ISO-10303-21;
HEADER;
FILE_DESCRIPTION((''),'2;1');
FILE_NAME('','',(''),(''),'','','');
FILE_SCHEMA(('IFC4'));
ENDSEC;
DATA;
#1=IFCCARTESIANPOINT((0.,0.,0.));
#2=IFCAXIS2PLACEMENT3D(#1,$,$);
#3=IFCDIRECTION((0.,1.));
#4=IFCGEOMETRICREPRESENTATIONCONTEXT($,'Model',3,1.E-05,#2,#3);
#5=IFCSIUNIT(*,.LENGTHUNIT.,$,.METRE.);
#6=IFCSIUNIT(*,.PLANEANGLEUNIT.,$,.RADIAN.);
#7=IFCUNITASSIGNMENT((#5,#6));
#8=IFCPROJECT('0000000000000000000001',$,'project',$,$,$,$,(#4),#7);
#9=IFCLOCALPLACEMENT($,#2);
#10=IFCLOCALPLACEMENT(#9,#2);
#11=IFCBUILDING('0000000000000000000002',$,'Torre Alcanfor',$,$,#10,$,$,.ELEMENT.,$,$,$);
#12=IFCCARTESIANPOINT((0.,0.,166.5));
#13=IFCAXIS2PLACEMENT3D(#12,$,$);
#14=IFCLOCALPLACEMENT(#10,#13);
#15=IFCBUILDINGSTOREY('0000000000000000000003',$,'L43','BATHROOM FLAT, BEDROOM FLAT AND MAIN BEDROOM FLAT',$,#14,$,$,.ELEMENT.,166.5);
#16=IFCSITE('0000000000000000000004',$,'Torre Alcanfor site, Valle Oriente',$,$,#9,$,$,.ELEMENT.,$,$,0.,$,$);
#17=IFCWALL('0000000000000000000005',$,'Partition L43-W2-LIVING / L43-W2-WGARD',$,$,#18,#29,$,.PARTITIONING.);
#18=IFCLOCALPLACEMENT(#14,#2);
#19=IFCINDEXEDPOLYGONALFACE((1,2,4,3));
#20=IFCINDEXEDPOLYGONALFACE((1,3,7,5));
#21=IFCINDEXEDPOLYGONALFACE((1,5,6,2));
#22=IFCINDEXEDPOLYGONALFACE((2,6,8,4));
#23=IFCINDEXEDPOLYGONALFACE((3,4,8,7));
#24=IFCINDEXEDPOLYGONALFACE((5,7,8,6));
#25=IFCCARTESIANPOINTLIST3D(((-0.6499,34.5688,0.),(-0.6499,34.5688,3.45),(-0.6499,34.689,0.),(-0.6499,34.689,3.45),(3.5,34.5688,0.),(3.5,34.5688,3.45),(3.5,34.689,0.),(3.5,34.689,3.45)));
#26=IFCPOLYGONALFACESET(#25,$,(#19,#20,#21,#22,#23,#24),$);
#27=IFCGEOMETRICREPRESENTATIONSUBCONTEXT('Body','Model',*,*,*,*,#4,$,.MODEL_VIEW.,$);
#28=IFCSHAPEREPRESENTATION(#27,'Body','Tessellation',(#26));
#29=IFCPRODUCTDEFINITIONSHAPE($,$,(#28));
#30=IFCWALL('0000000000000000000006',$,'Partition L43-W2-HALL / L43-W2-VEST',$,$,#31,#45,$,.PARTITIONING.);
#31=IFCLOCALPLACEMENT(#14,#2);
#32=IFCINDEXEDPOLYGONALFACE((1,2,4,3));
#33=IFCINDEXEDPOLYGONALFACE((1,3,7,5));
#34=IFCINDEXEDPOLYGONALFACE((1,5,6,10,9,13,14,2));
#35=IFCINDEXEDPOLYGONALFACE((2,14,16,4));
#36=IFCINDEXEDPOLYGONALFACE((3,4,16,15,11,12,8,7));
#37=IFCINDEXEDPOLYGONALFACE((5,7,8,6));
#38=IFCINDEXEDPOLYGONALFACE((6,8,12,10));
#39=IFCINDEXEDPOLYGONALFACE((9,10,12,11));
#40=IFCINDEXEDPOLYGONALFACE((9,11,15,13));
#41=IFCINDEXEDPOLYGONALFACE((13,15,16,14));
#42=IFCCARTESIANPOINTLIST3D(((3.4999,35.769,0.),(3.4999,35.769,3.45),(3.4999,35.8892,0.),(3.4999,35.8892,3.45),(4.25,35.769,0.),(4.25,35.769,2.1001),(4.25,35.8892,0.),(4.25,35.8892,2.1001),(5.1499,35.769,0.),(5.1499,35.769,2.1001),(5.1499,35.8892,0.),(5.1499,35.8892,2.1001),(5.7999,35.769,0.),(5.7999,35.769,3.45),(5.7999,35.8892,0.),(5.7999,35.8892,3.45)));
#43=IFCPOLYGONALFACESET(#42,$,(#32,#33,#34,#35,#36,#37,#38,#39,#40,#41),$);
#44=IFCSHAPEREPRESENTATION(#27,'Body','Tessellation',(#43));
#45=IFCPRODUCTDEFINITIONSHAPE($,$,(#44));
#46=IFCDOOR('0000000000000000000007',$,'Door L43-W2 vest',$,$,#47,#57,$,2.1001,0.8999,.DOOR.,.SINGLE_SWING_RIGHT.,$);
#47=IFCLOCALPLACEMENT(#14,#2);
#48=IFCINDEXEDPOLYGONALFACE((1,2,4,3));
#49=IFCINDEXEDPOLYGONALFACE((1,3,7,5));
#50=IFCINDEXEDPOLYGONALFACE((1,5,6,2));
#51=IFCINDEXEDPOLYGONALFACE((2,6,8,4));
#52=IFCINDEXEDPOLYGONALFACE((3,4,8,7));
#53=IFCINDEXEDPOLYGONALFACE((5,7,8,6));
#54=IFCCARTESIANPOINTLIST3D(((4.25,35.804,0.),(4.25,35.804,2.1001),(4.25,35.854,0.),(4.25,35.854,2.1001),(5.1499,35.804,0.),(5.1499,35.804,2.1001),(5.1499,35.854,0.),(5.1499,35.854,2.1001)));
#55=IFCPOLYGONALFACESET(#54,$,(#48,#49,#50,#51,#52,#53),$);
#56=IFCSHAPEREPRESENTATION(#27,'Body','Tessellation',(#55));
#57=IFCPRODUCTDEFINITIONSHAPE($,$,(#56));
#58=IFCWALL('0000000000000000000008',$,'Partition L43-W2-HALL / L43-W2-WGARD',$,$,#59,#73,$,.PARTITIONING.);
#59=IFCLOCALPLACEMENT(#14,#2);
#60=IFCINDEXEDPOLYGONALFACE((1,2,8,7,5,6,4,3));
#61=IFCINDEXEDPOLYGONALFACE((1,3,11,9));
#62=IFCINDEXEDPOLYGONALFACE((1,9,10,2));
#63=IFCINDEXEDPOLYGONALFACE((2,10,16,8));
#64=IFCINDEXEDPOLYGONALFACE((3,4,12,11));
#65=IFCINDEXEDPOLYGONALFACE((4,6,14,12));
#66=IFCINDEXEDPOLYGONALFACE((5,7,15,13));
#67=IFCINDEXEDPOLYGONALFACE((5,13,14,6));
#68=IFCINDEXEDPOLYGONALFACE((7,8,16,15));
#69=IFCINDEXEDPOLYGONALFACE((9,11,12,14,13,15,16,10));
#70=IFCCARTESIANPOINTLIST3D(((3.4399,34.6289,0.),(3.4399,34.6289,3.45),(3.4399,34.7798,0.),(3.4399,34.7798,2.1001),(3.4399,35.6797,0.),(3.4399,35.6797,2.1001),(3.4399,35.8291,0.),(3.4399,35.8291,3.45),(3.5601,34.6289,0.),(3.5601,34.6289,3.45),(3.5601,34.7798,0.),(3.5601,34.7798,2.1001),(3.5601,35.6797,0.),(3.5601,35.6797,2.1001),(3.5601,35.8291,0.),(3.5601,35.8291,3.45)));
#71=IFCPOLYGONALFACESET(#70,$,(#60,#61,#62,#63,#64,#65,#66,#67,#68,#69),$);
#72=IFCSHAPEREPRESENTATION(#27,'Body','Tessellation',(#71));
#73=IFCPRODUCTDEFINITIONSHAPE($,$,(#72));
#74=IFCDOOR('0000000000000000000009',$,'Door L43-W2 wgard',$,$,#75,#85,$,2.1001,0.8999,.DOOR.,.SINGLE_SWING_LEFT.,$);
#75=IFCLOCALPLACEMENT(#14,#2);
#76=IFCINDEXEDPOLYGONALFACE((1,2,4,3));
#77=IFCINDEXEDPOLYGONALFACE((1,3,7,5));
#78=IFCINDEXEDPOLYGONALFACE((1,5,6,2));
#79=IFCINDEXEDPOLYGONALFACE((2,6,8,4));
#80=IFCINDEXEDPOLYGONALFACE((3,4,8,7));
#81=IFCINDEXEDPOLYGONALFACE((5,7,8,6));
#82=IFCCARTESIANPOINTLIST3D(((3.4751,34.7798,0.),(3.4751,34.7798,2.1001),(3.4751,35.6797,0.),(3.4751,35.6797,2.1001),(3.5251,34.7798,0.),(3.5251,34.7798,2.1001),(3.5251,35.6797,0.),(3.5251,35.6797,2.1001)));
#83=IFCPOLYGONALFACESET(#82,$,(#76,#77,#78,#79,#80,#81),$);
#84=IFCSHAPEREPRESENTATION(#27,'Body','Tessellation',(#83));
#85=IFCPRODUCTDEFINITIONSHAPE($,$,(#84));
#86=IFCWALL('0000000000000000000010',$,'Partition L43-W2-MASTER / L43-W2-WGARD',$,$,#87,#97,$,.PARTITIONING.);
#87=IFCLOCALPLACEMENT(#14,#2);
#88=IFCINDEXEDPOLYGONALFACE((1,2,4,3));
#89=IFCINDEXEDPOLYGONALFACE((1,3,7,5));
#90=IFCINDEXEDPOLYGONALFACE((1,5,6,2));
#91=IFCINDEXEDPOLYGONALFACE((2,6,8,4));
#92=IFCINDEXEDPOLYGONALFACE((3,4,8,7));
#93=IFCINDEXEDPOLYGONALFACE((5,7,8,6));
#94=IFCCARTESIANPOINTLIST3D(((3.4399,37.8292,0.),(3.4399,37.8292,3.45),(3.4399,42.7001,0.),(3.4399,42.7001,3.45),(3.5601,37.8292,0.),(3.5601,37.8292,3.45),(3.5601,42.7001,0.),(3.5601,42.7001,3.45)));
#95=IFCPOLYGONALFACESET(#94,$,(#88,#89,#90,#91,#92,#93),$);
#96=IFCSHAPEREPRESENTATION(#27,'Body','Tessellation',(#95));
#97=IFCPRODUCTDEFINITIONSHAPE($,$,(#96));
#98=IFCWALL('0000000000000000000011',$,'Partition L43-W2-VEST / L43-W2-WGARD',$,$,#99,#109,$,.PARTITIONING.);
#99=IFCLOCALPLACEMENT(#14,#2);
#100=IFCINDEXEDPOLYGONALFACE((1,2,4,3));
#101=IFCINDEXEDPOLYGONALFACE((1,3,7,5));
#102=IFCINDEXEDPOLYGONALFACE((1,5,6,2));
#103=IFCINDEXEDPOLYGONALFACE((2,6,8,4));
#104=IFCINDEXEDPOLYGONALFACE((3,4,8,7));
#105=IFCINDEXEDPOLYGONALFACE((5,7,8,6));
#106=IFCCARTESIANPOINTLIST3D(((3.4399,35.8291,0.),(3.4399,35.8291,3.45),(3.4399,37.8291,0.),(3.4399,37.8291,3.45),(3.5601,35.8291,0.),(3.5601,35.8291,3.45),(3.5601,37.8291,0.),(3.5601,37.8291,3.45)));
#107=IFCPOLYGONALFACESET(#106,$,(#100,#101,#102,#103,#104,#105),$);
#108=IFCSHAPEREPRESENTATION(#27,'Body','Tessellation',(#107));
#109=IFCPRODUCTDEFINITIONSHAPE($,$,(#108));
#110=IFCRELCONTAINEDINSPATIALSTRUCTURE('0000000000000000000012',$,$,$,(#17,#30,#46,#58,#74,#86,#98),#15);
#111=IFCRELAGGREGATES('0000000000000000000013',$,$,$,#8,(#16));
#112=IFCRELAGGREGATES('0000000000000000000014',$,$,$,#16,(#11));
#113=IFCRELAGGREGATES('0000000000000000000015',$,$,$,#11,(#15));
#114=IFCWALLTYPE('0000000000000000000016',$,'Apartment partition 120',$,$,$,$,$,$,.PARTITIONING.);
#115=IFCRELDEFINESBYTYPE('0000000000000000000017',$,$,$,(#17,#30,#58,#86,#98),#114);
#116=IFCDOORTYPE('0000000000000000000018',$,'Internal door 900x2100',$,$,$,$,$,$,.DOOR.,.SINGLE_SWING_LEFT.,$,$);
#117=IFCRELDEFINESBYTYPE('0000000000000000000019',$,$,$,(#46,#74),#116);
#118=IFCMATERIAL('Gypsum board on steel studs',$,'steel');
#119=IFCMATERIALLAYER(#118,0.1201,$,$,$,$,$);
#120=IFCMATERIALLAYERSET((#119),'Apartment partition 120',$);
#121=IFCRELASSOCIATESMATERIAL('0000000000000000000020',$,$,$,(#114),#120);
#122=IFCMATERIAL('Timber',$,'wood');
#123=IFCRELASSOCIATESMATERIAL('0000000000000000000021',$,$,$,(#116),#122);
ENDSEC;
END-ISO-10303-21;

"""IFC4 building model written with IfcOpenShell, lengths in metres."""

from ifc_helpers import new_model, si_unit, direction, frame, frame_2d, origin, place, context, subcontext, project, spatial, rectangle, extrude, material, layer, layer_set, type_object, element, fill, save


model = new_model("IFC4")

# Units and contexts
model_context = context("Model", 3, precision=1e-05, world=origin(), true_north=direction((0.0, 1.0)))
body_context = subcontext(model_context, "Body", "Model", "MODEL_VIEW")
ifc_project = project(units=[si_unit("LENGTHUNIT", "METRE"), si_unit("PLANEANGLEUNIT", "RADIAN")], contexts=[model_context])

# Site, building, storey
site_placement = place(None, origin())
site = spatial("IfcSite", under=ifc_project, at=site_placement, Name="Torre Alcanfor site, Valle Oriente", CompositionType="ELEMENT", RefElevation=0.0)
building_placement = place(site_placement, origin())
building = spatial("IfcBuilding", under=site, at=building_placement, Name="Torre Alcanfor", CompositionType="ELEMENT")
storey_placement = place(building_placement, frame((0.0, 0.0, 166.5)))
storey = spatial("IfcBuildingStorey", under=building, at=storey_placement, Name="L43", Description="BATHROOM FLAT, BEDROOM FLAT AND MAIN BEDROOM FLAT", CompositionType="ELEMENT", Elevation=166.5)

# Shared definitions
ifc_material_1 = material(Name="Gypsum board on steel studs", Category="steel")
ifc_layer_1 = layer(ifc_material_1, 0.1201)
ifc_layer_set_1 = layer_set([ifc_layer_1], Name="Apartment partition 120")
wall_type_1 = type_object("IfcWallType", Name="Apartment partition 120", PredefinedType="PARTITIONING", material=ifc_layer_set_1)
ifc_material_2 = material(Name="Timber", Category="wood")
door_type = type_object("IfcDoorType", Name="Internal door 900x2100", OperationType="SINGLE_SWING_LEFT", PredefinedType="DOOR", material=ifc_material_2)

# Wall
wall_1_placement = place(storey_placement, frame((-0.6499, 34.6289, 0.0), z_axis=(0.0, 0.0, 1.0), x_axis=(1.0, 0.0, 0.0)))
element("IfcWall", 1, at=wall_1_placement, inside=storey, type_object=wall_type_1, Name="Partition L43-W2-LIVING / L43-W2-WGARD", PredefinedType="PARTITIONING", context=body_context, shape_type="SweptSolid", body=[
    extrude(rectangle(XDim=4.1499, YDim=0.1201, at=frame_2d((2.075, 0.0))), origin(), (0.0, 0.0, 1.0), 3.45),
])

# Walls, openings, doors
wall_2_placement = place(storey_placement, frame((3.5, 35.8291, 0.0), z_axis=(0.0, 0.0, 1.0), x_axis=(1.0, 0.0, 0.0)))
wall_2 = element("IfcWall", 2, at=wall_2_placement, inside=storey, type_object=wall_type_1, Name="Partition L43-W2-HALL / L43-W2-VEST", PredefinedType="PARTITIONING", context=body_context, shape_type="SweptSolid", body=[
    extrude(rectangle(XDim=2.3, YDim=0.1201, at=frame_2d((1.1499, 0.0))), origin(), (0.0, 0.0, 1.0), 3.45),
])
opening_1_placement = place(wall_2_placement, frame((0.75, 0.0, 0.0)))
opening_1 = element("IfcOpeningElement", 3, at=opening_1_placement, cuts=wall_2, PredefinedType="OPENING", context=body_context, shape_type="SweptSolid", body=[
    extrude(rectangle(XDim=0.8999, YDim=2.1001, at=frame_2d((0.45, 1.05))), frame((0.0, 0.0701, 0.0), z_axis=(0.0, -1.0, 0.0), x_axis=(1.0, 0.0, 0.0)), (0.0, 0.0, 1.0), 0.1401),
])
door_1_placement = place(opening_1_placement, origin())
door_1 = element("IfcDoor", 4, at=door_1_placement, inside=storey, type_object=door_type, Name="Door L43-W2 vest", OperationType="SINGLE_SWING_RIGHT", OverallHeight=2.1001, OverallWidth=0.8999, PredefinedType="DOOR", context=body_context, shape_type="SweptSolid", body=[
    extrude(rectangle(XDim=0.8999, YDim=2.1001, at=frame_2d((0.45, 1.05))), frame((0.0, 0.0249, 0.0), z_axis=(0.0, -1.0, 0.0), x_axis=(1.0, 0.0, 0.0)), (0.0, 0.0, 1.0), 0.05),
])
fill(opening_1, door_1)
wall_3_placement = place(storey_placement, frame((3.5, 34.6289, 0.0), z_axis=(0.0, 0.0, 1.0), x_axis=(0.0, 1.0, 0.0)))
wall_3 = element("IfcWall", 5, at=wall_3_placement, inside=storey, type_object=wall_type_1, Name="Partition L43-W2-HALL / L43-W2-WGARD", PredefinedType="PARTITIONING", context=body_context, shape_type="SweptSolid", body=[
    extrude(rectangle(XDim=1.2002, YDim=0.1201, at=frame_2d((0.6001, 0.0))), origin(), (0.0, 0.0, 1.0), 3.45),
])
opening_2_placement = place(wall_3_placement, frame((0.1509, 0.0, 0.0)))
opening_2 = element("IfcOpeningElement", 6, at=opening_2_placement, cuts=wall_3, PredefinedType="OPENING", context=body_context, shape_type="SweptSolid", body=[
    extrude(rectangle(XDim=0.8999, YDim=2.1001, at=frame_2d((0.45, 1.05))), frame((0.0, 0.0701, 0.0), z_axis=(0.0, -1.0, 0.0), x_axis=(1.0, 0.0, 0.0)), (0.0, 0.0, 1.0), 0.1401),
])
door_2_placement = place(opening_2_placement, origin())
door_2 = element("IfcDoor", 7, at=door_2_placement, inside=storey, type_object=door_type, Name="Door L43-W2 wgard", OperationType="SINGLE_SWING_LEFT", OverallHeight=2.1001, OverallWidth=0.8999, PredefinedType="DOOR", context=body_context, shape_type="SweptSolid", body=[
    extrude(rectangle(XDim=0.8999, YDim=2.1001, at=frame_2d((0.45, 1.05))), frame((0.0, 0.0249, 0.0), z_axis=(0.0, -1.0, 0.0), x_axis=(1.0, 0.0, 0.0)), (0.0, 0.0, 1.0), 0.05),
])
fill(opening_2, door_2)

# Walls
wall_4_placement = place(storey_placement, frame((3.5, 37.8291, 0.0), z_axis=(0.0, 0.0, 1.0), x_axis=(0.0, 1.0, 0.0)))
element("IfcWall", 8, at=wall_4_placement, inside=storey, type_object=wall_type_1, Name="Partition L43-W2-MASTER / L43-W2-WGARD", PredefinedType="PARTITIONING", context=body_context, shape_type="SweptSolid", body=[
    extrude(rectangle(XDim=4.8708, YDim=0.1201, at=frame_2d((2.4355, 0.0))), origin(), (0.0, 0.0, 1.0), 3.45),
])
wall_5_placement = place(storey_placement, frame((3.5, 35.8291, 0.0), z_axis=(0.0, 0.0, 1.0), x_axis=(0.0, 1.0, 0.0)))
element("IfcWall", 9, at=wall_5_placement, inside=storey, type_object=wall_type_1, Name="Partition L43-W2-VEST / L43-W2-WGARD", PredefinedType="PARTITIONING", context=body_context, shape_type="SweptSolid", body=[
    extrude(rectangle(XDim=2.0, YDim=0.1201, at=frame_2d((1.0, 0.0))), origin(), (0.0, 0.0, 1.0), 3.45),
])

save(model, "model.ifc")
